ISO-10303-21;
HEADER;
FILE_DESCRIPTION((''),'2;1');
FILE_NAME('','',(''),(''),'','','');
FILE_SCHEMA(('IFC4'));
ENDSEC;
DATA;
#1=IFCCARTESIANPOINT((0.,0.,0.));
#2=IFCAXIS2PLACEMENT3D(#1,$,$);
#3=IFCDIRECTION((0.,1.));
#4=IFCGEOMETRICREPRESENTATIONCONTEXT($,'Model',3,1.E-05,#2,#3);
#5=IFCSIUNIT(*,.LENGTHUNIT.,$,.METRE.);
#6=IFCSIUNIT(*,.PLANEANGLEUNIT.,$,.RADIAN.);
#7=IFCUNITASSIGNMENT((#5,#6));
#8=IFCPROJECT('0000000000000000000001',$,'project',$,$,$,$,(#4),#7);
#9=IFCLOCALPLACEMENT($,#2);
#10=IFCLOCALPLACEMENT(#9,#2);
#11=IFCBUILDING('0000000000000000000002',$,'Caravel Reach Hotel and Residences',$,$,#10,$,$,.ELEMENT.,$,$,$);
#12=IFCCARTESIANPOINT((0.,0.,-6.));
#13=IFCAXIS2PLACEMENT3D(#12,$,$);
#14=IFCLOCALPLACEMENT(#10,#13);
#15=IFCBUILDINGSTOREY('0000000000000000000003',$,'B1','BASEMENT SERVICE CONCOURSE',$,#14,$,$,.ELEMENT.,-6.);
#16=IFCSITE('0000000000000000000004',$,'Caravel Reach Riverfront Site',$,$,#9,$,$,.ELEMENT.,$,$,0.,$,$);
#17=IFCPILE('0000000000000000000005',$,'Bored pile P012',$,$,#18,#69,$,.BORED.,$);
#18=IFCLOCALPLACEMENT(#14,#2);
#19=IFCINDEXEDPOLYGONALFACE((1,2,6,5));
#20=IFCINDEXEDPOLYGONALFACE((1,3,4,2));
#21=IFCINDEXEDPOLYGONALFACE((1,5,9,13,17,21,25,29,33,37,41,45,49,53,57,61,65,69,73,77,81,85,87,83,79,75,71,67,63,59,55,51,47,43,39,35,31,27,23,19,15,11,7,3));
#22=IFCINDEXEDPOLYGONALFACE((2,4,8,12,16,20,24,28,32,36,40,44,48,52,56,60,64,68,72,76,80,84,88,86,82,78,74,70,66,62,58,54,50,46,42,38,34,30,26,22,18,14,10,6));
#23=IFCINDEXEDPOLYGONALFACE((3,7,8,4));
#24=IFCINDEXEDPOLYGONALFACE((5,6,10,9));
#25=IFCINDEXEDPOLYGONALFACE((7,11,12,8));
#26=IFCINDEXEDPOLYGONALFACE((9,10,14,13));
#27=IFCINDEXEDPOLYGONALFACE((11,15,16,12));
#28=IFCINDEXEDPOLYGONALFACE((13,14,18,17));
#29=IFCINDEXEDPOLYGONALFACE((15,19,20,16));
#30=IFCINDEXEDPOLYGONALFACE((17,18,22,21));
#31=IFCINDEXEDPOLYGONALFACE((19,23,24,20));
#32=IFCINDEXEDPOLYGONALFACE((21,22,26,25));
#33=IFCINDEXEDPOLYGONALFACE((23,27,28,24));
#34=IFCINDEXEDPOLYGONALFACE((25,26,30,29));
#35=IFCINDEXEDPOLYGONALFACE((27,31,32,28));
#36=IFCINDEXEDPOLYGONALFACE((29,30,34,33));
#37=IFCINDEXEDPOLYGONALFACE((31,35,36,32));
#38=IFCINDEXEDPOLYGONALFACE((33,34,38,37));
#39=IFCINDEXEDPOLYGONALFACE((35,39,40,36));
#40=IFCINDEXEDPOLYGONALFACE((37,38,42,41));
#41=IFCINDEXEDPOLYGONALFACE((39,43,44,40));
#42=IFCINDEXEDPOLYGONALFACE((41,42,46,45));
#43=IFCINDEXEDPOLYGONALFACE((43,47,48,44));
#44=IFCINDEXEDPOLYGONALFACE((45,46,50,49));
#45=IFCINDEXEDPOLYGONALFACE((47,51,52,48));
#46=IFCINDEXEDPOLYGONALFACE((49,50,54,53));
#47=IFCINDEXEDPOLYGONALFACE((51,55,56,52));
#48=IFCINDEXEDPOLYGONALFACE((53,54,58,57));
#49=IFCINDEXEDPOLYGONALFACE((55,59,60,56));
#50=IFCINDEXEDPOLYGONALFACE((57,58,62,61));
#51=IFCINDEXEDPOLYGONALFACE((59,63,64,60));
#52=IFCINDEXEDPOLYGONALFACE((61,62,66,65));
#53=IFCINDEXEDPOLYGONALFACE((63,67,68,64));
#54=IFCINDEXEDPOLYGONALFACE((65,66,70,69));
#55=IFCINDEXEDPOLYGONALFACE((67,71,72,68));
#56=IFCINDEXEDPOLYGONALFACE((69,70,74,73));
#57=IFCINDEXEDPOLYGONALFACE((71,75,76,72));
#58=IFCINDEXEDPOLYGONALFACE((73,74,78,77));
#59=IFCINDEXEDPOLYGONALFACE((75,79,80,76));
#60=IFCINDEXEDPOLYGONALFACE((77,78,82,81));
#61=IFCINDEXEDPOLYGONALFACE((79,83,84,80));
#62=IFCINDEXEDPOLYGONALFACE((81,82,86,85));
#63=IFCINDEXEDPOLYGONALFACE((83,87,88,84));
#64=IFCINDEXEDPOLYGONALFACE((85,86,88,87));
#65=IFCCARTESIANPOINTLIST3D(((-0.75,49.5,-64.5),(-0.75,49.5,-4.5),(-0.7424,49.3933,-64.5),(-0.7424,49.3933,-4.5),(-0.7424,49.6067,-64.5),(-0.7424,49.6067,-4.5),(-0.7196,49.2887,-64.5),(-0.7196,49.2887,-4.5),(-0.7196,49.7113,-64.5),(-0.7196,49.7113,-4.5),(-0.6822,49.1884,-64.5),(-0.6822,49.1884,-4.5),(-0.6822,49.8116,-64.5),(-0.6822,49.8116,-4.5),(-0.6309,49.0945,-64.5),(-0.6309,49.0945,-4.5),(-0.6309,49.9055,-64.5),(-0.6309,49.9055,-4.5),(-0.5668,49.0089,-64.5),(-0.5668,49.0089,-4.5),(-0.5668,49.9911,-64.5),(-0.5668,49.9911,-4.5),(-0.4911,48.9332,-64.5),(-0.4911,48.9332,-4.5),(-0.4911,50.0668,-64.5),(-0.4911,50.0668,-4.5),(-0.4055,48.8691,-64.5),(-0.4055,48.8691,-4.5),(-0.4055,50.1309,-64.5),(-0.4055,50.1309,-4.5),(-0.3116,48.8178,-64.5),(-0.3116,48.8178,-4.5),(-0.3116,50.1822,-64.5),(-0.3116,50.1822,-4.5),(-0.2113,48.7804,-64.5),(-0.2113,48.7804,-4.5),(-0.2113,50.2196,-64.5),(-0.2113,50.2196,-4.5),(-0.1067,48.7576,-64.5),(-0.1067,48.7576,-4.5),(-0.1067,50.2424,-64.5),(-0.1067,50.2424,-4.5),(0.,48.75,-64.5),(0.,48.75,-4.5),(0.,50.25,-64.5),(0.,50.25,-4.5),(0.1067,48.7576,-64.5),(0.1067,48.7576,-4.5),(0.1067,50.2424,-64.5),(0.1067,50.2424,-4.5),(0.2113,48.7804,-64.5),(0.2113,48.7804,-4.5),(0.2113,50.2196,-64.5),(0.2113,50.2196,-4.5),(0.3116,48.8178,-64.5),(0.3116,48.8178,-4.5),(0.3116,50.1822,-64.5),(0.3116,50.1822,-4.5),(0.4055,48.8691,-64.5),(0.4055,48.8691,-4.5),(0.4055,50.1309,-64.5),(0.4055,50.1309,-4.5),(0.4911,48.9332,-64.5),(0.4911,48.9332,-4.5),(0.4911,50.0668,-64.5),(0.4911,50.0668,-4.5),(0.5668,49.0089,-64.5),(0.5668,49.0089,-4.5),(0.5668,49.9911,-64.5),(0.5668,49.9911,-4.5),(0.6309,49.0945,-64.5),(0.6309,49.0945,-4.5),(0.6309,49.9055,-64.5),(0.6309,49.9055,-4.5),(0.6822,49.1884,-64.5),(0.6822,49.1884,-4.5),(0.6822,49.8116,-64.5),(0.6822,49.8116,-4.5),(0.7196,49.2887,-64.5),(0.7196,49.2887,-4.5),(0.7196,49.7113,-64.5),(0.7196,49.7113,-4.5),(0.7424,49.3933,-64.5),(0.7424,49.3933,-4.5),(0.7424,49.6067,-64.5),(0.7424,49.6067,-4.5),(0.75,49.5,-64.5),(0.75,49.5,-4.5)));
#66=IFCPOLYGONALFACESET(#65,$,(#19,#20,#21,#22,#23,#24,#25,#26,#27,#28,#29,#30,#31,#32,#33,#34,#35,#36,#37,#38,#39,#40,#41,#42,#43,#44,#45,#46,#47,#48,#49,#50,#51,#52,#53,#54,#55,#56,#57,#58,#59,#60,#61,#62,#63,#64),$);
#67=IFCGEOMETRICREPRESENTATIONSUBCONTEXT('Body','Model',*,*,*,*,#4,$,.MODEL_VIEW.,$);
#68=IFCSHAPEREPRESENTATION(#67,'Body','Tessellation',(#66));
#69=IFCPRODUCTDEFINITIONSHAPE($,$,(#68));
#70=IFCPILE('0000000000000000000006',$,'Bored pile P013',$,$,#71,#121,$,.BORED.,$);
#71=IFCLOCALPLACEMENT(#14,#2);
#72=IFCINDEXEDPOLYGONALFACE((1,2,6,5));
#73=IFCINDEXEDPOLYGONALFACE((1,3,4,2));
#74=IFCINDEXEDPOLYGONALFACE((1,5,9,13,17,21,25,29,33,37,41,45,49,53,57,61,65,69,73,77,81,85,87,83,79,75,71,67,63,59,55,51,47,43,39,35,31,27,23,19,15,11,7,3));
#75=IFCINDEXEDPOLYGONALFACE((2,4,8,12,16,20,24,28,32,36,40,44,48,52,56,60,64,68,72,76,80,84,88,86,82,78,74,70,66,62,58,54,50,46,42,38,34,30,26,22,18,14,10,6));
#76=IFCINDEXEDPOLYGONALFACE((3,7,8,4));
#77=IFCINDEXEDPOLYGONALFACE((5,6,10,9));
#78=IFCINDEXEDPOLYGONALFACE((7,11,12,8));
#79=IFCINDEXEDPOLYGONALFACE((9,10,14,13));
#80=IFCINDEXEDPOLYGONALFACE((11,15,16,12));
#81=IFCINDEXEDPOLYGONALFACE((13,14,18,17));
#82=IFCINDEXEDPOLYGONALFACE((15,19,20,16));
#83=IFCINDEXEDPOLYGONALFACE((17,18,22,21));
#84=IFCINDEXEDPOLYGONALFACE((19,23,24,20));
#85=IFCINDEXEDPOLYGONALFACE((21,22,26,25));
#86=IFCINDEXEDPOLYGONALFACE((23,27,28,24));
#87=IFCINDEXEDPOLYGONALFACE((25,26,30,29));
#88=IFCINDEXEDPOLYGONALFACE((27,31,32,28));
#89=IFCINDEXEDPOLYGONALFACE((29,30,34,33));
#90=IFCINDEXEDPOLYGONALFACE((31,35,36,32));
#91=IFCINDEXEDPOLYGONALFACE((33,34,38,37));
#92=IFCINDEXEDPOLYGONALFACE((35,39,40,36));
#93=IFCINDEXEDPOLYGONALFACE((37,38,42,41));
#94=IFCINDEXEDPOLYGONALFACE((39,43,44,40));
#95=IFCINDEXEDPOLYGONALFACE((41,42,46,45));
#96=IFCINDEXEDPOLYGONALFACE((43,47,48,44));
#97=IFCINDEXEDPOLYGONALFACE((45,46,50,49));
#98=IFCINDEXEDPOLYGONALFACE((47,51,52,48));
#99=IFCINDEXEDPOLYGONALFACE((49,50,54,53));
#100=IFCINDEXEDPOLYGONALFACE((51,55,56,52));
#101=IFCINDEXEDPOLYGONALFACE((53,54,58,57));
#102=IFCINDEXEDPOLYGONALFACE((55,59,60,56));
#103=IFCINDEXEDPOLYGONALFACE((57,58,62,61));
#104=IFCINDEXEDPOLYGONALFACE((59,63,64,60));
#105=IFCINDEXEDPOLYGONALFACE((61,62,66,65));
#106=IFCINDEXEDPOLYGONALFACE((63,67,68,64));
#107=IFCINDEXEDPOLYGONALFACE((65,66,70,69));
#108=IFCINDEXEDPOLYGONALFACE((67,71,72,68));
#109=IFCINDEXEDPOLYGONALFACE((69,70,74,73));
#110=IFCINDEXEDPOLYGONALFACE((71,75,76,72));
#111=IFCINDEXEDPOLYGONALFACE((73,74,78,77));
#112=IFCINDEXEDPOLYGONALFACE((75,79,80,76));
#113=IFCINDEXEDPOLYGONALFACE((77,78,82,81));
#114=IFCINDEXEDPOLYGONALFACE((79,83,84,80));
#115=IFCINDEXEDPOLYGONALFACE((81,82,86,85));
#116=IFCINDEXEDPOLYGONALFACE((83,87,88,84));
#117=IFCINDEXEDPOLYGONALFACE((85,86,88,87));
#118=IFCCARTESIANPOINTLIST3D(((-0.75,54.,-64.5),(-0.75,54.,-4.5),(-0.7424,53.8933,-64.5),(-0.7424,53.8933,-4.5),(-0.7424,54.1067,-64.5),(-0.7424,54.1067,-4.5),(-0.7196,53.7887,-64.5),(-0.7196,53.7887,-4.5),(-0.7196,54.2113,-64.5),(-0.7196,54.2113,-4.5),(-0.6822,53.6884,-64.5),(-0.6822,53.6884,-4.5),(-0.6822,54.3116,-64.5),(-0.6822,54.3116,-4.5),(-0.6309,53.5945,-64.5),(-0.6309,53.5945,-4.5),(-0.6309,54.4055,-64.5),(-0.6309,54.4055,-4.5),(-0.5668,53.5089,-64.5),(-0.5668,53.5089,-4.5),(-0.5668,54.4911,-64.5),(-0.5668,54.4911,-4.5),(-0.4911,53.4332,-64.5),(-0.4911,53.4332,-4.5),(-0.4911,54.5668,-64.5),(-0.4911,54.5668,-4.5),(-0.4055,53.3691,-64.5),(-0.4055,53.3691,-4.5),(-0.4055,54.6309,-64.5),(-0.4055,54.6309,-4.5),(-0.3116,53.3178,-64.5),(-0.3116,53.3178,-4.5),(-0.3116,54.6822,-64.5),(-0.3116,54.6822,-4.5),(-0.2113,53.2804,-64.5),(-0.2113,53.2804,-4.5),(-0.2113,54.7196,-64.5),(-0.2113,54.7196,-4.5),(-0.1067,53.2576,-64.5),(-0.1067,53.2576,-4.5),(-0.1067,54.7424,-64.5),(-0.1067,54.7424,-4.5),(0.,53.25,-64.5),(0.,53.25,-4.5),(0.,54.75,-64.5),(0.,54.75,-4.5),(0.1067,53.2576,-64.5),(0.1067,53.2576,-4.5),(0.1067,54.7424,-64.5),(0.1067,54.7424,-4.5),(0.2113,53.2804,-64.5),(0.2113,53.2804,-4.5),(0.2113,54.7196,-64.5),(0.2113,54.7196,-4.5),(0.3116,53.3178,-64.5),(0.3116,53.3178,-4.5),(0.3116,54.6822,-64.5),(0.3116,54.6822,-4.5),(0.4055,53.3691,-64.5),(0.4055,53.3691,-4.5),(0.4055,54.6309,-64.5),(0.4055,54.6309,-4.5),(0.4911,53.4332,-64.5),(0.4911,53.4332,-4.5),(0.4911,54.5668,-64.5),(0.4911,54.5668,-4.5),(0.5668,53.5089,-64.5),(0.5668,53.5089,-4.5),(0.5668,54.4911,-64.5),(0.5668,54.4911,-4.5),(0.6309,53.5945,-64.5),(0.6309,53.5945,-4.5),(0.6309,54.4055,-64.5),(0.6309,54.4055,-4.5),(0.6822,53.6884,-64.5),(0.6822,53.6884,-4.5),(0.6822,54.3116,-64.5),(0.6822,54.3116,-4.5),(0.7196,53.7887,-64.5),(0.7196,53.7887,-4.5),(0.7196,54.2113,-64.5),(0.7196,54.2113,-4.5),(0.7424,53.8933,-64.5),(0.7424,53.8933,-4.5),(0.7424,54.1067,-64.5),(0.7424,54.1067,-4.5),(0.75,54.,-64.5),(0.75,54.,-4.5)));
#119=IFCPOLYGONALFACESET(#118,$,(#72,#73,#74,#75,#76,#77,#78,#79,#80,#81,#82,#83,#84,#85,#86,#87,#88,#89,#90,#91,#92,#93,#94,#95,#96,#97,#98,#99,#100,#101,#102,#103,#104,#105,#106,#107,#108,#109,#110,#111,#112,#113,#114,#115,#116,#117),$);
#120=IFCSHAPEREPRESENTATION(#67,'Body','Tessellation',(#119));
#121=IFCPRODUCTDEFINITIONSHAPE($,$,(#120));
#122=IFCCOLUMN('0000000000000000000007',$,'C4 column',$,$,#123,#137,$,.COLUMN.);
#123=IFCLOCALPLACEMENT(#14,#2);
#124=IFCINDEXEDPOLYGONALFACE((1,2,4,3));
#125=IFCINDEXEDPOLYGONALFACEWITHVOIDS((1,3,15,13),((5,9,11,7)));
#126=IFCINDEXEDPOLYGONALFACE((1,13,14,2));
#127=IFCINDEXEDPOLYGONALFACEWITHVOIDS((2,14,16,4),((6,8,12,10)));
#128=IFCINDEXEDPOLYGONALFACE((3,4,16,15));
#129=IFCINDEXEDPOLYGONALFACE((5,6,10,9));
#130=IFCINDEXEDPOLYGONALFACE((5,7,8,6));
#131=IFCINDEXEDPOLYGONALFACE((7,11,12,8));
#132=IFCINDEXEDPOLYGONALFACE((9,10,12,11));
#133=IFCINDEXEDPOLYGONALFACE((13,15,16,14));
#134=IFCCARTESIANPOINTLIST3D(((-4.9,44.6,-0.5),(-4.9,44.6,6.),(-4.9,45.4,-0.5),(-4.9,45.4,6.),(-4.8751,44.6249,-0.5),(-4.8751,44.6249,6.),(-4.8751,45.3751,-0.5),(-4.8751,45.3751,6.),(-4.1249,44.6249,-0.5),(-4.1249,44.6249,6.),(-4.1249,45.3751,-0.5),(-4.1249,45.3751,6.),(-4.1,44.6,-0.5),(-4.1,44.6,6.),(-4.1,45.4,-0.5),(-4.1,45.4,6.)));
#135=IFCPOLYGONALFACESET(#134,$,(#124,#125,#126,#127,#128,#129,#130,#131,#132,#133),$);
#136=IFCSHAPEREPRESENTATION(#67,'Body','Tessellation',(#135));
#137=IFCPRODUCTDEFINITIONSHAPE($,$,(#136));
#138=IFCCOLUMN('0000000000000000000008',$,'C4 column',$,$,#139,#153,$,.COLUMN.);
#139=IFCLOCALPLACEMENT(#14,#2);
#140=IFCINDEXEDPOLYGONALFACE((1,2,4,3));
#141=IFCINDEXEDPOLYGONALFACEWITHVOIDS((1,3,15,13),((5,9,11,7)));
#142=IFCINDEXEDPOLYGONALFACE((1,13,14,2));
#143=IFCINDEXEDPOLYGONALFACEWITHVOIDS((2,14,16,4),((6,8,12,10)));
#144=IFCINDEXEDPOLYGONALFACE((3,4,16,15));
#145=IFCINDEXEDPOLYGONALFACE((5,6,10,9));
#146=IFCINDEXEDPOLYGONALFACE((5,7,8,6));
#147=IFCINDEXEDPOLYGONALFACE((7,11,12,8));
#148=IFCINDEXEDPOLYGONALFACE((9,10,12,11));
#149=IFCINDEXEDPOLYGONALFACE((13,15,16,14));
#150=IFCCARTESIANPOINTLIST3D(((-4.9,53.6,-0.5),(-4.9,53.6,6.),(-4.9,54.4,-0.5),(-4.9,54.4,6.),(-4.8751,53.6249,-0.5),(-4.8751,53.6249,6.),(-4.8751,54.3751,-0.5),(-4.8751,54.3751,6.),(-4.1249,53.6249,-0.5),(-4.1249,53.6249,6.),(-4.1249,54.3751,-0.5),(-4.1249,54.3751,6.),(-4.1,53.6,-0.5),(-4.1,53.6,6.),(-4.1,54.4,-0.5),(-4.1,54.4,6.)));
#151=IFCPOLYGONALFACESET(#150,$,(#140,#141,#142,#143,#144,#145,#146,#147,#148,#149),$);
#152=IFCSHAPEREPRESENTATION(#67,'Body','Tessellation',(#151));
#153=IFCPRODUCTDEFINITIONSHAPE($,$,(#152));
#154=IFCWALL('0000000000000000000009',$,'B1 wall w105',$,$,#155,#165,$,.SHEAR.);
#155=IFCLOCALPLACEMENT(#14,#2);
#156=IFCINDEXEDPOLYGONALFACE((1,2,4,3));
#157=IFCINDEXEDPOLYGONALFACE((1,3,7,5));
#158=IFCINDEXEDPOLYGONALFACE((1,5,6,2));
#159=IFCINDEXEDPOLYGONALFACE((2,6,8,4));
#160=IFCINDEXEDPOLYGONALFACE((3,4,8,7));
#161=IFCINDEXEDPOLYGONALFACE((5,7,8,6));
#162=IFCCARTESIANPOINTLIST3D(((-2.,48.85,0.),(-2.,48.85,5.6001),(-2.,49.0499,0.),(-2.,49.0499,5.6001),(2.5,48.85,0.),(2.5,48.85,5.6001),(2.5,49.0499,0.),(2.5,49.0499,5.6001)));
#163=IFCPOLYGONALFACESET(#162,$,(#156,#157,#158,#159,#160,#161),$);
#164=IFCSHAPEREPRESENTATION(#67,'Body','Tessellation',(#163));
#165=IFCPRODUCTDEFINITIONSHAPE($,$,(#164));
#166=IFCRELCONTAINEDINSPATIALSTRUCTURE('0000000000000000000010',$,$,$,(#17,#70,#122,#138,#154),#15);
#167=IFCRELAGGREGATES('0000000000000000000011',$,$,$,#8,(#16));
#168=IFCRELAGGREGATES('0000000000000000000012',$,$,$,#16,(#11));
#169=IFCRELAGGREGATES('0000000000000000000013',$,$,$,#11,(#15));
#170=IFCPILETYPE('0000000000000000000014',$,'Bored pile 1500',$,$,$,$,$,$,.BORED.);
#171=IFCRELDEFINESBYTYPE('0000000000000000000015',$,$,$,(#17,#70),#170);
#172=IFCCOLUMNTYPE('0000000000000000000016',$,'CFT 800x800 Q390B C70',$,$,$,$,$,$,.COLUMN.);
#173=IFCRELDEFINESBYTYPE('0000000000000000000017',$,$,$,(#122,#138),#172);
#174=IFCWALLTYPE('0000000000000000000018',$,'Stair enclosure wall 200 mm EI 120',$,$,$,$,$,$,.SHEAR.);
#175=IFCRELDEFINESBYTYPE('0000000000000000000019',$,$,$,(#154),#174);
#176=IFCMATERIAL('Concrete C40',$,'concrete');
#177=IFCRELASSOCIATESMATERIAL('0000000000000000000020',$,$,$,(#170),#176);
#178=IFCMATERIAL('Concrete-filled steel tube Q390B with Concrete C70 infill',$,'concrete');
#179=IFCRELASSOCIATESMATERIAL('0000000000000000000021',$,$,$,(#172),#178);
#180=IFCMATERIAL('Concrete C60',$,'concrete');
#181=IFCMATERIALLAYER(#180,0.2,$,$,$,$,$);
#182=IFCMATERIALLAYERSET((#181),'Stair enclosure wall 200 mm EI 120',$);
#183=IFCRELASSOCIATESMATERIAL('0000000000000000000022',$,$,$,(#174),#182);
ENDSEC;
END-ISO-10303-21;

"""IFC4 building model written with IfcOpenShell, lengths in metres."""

from ifc_helpers import new_model, si_unit, direction, frame, frame_2d, origin, origin_2d, place, context, subcontext, project, spatial, rectangle, hollow_rectangle, circle, extrude, material, layer, layer_set, material_profile, profile_set, type_object, element, save


model = new_model("IFC4")

# Units and contexts
model_context = context("Model", 3, precision=1e-05, world=origin(), true_north=direction((0.0, 1.0)))
body_context = subcontext(model_context, "Body", "Model", "MODEL_VIEW")
ifc_project = project(units=[si_unit("LENGTHUNIT", "METRE"), si_unit("PLANEANGLEUNIT", "RADIAN")], contexts=[model_context])

# Site, building, storey
site_placement = place(None, origin())
site = spatial("IfcSite", under=ifc_project, at=site_placement, Name="Caravel Reach Riverfront Site", CompositionType="ELEMENT", RefElevation=0.0)
building_placement = place(site_placement, origin())
building = spatial("IfcBuilding", under=site, at=building_placement, Name="Caravel Reach Hotel and Residences", CompositionType="ELEMENT")
storey_placement = place(building_placement, frame((0.0, 0.0, -6.0)))
storey = spatial("IfcBuildingStorey", under=building, at=storey_placement, Name="B1", Description="BASEMENT SERVICE CONCOURSE", CompositionType="ELEMENT", Elevation=-6.0)

# Piles
ifc_material_1 = material(Name="Concrete C40", Category="concrete")
ifc_material_profile_1 = material_profile(ifc_material_1, circle(Radius=0.75, at=origin_2d()), Name="PILE 1500")
ifc_profile_set_1 = profile_set([ifc_material_profile_1], Name="Concrete C40")
pile_type_1 = type_object("IfcPileType", Name="Bored pile 1500", PredefinedType="BORED", material=ifc_profile_set_1)
for number, where, z_axis, x_axis, name in (
    (1, (0.0, 49.5, -4.5), (0.0, 0.0, -1.0), (1.0, 0.0, 0.0), "Bored pile P012"),
    (2, (0.0, 54.0, -4.5), (0.0, 0.0, -1.0), (1.0, 0.0, 0.0), "Bored pile P013"),
):
    element("IfcPile", number, at=place(storey_placement, frame(where, z_axis=z_axis, x_axis=x_axis)), inside=storey, type_object=pile_type_1, Name=name, PredefinedType="BORED", context=body_context, shape_type="SweptSolid", body=[
        extrude(circle(Radius=0.75, at=origin_2d()), origin(), (0.0, 0.0, 1.0), 60.0),
    ])

# Columns
ifc_material_2 = material(Name="Concrete-filled steel tube Q390B with Concrete C70 infill", Category="concrete")
ifc_material_profile_2 = material_profile(ifc_material_2, hollow_rectangle(XDim=0.8, YDim=0.8, WallThickness=0.0249, at=origin_2d()), Name="RHS 800x800x25")
ifc_profile_set_2 = profile_set([ifc_material_profile_2], Name="Concrete-filled steel tube Q390B with Concrete C70 infill")
column_type = type_object("IfcColumnType", Name="CFT 800x800 Q390B C70", PredefinedType="COLUMN", material=ifc_profile_set_2)
for number, where, z_axis, x_axis, name in (
    (3, (-4.5, 45.0, -0.5), (0.0, 0.0, 1.0), (1.0, 0.0, 0.0), "C4 column"),
    (4, (-4.5, 54.0, -0.5), (0.0, 0.0, 1.0), (1.0, 0.0, 0.0), "C4 column"),
):
    element("IfcColumn", number, at=place(storey_placement, frame(where, z_axis=z_axis, x_axis=x_axis)), inside=storey, type_object=column_type, Name=name, PredefinedType="COLUMN", context=body_context, shape_type="SweptSolid", body=[
        extrude(hollow_rectangle(XDim=0.8, YDim=0.8, WallThickness=0.0249, at=origin_2d()), origin(), (0.0, 0.0, 1.0), 6.5),
    ])

# Wall
ifc_material_3 = material(Name="Concrete C60", Category="concrete")
ifc_layer = layer(ifc_material_3, 0.2)
ifc_layer_set = layer_set([ifc_layer], Name="Stair enclosure wall 200 mm EI 120")
wall_type = type_object("IfcWallType", Name="Stair enclosure wall 200 mm EI 120", PredefinedType="SHEAR", material=ifc_layer_set)
wall_placement = place(storey_placement, frame((-2.0, 48.95, 0.0), z_axis=(0.0, 0.0, 1.0), x_axis=(1.0, 0.0, 0.0)))
element("IfcWall", 5, at=wall_placement, inside=storey, type_object=wall_type, Name="B1 wall w105", PredefinedType="SHEAR", context=body_context, shape_type="SweptSolid", body=[
    extrude(rectangle(XDim=4.5, YDim=0.2, at=frame_2d((2.25, 0.0))), origin(), (0.0, 0.0, 1.0), 5.6001),
])

save(model, "model.ifc")
